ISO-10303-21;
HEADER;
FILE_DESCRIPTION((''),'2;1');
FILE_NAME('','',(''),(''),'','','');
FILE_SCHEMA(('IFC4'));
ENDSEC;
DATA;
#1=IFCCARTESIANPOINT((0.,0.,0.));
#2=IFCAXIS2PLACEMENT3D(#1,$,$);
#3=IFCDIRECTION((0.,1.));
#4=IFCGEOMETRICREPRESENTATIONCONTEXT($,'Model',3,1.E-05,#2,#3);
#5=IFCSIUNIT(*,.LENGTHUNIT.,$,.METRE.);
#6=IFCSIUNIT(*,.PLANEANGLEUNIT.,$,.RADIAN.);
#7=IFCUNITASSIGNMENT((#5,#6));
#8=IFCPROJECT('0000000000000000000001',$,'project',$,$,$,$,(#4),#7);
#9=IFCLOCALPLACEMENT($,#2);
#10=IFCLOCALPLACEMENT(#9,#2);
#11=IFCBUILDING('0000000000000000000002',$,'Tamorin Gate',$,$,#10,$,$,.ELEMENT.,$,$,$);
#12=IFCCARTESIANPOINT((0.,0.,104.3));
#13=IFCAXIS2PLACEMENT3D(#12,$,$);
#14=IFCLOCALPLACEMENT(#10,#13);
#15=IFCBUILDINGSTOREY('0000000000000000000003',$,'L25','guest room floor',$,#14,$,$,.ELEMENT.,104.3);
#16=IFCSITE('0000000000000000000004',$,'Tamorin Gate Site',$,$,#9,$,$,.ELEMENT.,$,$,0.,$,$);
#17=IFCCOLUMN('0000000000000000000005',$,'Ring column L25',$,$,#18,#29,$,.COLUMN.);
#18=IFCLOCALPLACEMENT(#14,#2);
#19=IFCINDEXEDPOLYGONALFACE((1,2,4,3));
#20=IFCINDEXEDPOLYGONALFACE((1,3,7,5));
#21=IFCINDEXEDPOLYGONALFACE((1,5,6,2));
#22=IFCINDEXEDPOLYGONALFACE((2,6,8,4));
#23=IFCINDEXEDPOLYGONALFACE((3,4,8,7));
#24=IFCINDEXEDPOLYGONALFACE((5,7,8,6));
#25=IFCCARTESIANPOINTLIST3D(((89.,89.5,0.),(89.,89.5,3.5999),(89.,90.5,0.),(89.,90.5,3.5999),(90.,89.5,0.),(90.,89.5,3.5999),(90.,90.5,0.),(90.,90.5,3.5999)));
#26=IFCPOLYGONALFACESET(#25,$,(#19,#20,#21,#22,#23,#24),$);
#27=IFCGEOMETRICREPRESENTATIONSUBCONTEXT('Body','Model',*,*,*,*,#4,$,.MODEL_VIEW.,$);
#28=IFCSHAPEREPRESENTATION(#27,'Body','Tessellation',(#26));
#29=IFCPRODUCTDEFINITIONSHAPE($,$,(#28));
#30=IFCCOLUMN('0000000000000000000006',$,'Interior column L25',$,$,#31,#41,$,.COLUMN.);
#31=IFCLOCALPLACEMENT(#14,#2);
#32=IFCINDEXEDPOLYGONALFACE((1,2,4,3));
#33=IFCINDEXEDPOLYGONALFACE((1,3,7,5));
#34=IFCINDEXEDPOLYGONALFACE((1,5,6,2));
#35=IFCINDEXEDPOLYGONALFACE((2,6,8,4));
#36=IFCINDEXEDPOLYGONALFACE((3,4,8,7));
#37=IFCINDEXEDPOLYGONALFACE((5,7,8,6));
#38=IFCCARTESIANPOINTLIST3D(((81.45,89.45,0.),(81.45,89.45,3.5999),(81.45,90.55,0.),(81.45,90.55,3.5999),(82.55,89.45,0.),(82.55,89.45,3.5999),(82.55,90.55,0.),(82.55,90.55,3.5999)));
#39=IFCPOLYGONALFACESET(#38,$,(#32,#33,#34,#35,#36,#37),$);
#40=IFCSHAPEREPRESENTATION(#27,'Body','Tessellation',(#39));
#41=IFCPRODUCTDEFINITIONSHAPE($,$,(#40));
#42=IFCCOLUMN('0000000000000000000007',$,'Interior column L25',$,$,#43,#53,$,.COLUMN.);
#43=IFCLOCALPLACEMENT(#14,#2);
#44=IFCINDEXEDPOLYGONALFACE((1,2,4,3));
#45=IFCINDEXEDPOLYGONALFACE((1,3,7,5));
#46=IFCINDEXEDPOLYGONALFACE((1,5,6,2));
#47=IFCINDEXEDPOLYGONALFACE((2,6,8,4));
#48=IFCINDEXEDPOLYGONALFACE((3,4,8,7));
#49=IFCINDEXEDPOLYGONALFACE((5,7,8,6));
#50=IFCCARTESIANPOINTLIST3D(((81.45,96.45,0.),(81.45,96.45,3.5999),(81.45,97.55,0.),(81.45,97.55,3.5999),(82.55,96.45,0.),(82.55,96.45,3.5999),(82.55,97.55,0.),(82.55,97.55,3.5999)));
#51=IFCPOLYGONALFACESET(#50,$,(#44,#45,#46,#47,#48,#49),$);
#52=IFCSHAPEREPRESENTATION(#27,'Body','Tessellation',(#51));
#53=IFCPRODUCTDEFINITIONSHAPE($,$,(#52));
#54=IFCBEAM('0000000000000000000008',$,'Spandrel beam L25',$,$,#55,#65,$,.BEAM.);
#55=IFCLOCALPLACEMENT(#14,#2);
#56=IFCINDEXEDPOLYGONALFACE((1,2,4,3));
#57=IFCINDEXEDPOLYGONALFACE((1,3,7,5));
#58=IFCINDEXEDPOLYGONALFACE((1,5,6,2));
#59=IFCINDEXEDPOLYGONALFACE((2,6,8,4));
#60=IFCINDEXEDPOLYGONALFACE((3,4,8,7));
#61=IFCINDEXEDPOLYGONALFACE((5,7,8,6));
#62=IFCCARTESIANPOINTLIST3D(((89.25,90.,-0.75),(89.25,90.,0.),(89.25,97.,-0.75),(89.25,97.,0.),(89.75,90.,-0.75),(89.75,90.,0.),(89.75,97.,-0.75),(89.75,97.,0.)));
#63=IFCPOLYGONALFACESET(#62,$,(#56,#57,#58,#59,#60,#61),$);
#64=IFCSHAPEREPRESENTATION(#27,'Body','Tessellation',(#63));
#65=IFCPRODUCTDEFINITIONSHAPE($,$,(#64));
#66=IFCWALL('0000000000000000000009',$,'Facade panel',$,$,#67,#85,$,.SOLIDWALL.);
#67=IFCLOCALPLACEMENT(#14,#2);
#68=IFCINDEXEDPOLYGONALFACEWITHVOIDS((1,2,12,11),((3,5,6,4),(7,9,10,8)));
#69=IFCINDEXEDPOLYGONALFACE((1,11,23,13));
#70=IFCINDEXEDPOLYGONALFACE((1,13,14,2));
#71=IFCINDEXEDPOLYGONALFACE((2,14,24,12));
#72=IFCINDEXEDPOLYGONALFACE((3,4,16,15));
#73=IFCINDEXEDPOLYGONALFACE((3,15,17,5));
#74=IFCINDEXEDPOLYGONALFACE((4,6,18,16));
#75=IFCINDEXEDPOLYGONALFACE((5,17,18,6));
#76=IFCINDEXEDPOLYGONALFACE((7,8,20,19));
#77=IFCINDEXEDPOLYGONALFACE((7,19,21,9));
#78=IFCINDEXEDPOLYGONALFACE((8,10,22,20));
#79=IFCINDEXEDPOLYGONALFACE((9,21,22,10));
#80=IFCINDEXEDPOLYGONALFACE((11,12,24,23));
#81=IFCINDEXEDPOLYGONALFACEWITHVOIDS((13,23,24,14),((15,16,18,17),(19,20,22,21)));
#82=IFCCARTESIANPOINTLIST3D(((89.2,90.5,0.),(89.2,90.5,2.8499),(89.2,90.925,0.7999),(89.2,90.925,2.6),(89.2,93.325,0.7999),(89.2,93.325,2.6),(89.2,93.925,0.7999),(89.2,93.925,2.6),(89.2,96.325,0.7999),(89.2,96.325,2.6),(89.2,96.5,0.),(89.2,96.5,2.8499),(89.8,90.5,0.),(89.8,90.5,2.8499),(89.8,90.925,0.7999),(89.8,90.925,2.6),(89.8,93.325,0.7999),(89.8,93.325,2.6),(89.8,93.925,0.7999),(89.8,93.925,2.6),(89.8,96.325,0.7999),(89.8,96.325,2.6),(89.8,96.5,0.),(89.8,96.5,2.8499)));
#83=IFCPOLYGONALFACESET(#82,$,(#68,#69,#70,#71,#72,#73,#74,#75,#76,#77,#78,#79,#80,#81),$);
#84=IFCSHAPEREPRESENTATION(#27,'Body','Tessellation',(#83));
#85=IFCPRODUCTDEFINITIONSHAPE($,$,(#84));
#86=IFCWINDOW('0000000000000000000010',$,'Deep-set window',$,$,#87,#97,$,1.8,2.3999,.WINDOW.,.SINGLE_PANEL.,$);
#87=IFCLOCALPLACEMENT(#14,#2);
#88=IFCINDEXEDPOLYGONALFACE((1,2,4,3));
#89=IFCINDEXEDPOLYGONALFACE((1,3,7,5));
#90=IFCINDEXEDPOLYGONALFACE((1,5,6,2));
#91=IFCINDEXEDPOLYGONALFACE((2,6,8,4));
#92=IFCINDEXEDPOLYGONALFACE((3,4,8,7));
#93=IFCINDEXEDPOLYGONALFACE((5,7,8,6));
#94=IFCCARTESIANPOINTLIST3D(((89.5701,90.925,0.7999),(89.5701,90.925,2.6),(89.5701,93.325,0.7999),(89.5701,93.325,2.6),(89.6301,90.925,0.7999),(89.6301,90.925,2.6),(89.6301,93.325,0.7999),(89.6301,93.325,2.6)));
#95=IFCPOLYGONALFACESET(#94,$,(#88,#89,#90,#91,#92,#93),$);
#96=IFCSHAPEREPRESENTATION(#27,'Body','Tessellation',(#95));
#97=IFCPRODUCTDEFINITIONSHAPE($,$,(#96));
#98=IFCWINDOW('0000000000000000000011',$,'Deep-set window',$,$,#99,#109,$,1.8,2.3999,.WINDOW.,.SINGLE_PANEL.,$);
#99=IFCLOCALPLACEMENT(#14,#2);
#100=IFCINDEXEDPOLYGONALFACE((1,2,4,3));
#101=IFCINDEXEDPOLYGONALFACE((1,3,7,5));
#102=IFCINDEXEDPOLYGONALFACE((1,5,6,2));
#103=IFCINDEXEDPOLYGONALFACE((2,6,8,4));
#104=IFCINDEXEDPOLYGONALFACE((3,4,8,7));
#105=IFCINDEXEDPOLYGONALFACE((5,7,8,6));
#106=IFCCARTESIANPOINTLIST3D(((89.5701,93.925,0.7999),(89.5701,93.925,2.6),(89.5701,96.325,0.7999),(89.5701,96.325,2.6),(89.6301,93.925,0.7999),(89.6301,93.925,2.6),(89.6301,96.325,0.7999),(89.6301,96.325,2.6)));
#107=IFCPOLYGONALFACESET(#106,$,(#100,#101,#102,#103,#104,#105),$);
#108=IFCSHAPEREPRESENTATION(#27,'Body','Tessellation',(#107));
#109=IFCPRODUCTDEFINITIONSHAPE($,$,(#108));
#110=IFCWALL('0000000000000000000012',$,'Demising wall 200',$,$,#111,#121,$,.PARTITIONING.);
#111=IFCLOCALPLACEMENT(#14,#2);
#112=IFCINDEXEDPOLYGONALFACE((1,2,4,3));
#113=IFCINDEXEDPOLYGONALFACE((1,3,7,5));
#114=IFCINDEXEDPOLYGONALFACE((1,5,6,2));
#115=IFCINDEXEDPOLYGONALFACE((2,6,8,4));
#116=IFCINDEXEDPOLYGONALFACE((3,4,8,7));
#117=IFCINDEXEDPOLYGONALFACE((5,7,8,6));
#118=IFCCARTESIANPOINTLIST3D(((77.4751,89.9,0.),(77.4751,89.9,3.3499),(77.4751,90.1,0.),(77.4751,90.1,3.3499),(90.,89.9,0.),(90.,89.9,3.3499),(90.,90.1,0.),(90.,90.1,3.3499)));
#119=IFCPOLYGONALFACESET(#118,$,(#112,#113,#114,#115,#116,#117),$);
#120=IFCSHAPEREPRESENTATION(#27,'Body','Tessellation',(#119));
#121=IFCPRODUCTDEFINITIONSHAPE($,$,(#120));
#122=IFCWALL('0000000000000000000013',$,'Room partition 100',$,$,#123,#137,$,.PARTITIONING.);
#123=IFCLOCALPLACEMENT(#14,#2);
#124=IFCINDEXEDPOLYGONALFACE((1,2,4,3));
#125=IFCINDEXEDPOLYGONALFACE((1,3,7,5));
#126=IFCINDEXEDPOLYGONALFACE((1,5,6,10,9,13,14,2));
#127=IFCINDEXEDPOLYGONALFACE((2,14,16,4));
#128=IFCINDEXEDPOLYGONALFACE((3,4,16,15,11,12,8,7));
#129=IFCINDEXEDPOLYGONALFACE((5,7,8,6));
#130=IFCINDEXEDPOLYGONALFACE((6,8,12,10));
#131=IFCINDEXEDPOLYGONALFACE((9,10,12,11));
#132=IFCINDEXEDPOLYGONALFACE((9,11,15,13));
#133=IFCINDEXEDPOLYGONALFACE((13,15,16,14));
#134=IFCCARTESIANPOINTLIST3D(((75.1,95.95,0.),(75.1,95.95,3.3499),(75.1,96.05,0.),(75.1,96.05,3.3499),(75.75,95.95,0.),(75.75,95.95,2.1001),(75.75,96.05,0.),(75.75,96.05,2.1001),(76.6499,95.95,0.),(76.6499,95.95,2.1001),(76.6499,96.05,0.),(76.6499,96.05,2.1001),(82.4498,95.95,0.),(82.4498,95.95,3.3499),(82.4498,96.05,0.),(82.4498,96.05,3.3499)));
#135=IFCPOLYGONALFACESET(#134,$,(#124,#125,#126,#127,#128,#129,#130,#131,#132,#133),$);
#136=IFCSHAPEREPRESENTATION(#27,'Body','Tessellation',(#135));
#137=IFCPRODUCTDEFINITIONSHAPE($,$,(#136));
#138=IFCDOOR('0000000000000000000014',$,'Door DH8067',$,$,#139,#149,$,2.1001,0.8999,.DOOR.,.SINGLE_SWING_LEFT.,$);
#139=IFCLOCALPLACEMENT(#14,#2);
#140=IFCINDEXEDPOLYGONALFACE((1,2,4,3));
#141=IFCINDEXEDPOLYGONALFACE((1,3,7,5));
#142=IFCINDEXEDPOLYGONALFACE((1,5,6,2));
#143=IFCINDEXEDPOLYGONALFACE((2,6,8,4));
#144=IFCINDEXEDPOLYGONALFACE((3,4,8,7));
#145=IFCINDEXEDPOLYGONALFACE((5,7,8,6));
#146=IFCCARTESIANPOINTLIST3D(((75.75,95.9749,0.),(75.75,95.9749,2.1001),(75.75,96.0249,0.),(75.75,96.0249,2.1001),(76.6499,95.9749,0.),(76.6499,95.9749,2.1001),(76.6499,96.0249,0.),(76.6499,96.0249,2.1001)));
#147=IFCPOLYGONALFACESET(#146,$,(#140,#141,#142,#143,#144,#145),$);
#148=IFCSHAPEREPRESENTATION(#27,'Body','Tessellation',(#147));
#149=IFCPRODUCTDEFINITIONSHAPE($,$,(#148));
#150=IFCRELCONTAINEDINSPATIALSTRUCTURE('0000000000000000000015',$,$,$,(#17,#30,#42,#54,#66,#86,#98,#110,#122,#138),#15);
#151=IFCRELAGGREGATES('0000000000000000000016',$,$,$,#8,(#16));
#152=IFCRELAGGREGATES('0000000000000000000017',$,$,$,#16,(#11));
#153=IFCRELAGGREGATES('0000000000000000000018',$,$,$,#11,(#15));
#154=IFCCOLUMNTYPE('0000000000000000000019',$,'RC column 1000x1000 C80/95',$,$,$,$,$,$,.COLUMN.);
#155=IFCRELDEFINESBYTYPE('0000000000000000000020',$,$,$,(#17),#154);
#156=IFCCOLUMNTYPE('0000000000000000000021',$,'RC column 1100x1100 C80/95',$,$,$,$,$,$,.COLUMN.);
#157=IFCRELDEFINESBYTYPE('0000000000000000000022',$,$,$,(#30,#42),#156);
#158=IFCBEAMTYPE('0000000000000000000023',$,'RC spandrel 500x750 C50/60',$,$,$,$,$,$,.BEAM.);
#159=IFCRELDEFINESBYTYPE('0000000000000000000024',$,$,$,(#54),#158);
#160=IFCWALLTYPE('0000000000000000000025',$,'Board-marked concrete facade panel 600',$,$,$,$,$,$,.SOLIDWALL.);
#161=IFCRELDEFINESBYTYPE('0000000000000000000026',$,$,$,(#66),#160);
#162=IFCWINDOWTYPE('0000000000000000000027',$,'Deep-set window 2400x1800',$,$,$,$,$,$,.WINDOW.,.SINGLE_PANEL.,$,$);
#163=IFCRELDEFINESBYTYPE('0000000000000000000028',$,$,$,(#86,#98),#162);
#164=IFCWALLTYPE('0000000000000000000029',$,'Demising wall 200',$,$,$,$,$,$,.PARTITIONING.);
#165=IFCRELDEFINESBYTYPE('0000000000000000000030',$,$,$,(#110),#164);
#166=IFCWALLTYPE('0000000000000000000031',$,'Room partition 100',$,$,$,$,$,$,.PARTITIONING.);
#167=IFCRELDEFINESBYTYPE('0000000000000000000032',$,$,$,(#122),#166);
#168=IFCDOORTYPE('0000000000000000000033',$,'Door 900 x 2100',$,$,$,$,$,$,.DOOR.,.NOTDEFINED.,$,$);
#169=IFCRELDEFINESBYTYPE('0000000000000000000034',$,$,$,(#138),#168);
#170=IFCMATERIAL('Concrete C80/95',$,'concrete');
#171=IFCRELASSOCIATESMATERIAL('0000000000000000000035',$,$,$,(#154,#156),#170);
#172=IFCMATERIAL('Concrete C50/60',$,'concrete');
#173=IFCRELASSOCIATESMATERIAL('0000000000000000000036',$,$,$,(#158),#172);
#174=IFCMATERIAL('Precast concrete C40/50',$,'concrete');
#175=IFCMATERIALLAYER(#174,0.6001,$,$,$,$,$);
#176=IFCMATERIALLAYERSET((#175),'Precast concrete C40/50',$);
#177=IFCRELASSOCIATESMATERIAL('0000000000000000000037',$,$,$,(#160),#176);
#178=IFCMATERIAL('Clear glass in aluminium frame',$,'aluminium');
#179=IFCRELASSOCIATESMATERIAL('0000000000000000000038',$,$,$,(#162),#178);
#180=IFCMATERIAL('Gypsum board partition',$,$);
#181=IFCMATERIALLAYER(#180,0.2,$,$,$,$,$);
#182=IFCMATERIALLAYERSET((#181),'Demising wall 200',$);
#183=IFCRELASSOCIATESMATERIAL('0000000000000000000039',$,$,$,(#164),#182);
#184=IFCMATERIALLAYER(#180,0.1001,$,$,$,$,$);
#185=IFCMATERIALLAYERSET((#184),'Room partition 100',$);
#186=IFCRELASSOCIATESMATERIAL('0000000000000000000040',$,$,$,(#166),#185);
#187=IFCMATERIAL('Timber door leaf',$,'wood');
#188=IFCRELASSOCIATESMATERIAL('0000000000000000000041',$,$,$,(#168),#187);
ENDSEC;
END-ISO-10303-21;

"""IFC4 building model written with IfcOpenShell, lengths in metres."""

from ifc_helpers import new_model, si_unit, direction, frame, frame_2d, origin, origin_2d, place, context, subcontext, project, spatial, rectangle, extrude, material, layer, layer_set, material_profile, profile_set, type_object, element, fill, save


model = new_model("IFC4")

# Units and contexts
model_context = context("Model", 3, precision=1e-05, world=origin(), true_north=direction((0.0, 1.0)))
body_context = subcontext(model_context, "Body", "Model", "MODEL_VIEW")
ifc_project = project(units=[si_unit("LENGTHUNIT", "METRE"), si_unit("PLANEANGLEUNIT", "RADIAN")], contexts=[model_context])

# Site, building, storey
site_placement = place(None, origin())
site = spatial("IfcSite", under=ifc_project, at=site_placement, Name="Tamorin Gate Site", CompositionType="ELEMENT", RefElevation=0.0)
building_placement = place(site_placement, origin())
building = spatial("IfcBuilding", under=site, at=building_placement, Name="Tamorin Gate", CompositionType="ELEMENT")
storey_placement = place(building_placement, frame((0.0, 0.0, 104.3)))
storey = spatial("IfcBuildingStorey", under=building, at=storey_placement, Name="L25", Description="guest room floor", CompositionType="ELEMENT", Elevation=104.3)

# Columns
ifc_material_1 = material(Name="Concrete C80/95", Category="concrete")
ifc_material_profile_1 = material_profile(ifc_material_1, rectangle(XDim=1.0, YDim=1.0, at=origin_2d()), Name="RC 1000x1000")
ifc_profile_set_1 = profile_set([ifc_material_profile_1], Name="Concrete C80/95")
column_type_1 = type_object("IfcColumnType", Name="RC column 1000x1000 C80/95", PredefinedType="COLUMN", material=ifc_profile_set_1)
column_placement = place(storey_placement, frame((89.5, 90.0, 0.0), z_axis=(0.0, 0.0, 1.0), x_axis=(1.0, 0.0, 0.0)))
element("IfcColumn", 1, at=column_placement, inside=storey, type_object=column_type_1, Name="Ring column L25", PredefinedType="COLUMN", context=body_context, shape_type="SweptSolid", body=[
    extrude(rectangle(XDim=1.0, YDim=1.0, at=origin_2d()), origin(), (0.0, 0.0, 1.0), 3.5999),
])
ifc_material_profile_2 = material_profile(ifc_material_1, rectangle(XDim=1.1001, YDim=1.1001, at=origin_2d()), Name="RC 1100x1100")
ifc_profile_set_2 = profile_set([ifc_material_profile_2], Name="Concrete C80/95")
column_type_2 = type_object("IfcColumnType", Name="RC column 1100x1100 C80/95", PredefinedType="COLUMN", material=ifc_profile_set_2)
for number, where, z_axis, x_axis, name in (
    (2, (82.0, 90.0, 0.0), (0.0, 0.0, 1.0), (1.0, 0.0, 0.0), "Interior column L25"),
    (3, (82.0, 97.0, 0.0), (0.0, 0.0, 1.0), (1.0, 0.0, 0.0), "Interior column L25"),
):
    element("IfcColumn", number, at=place(storey_placement, frame(where, z_axis=z_axis, x_axis=x_axis)), inside=storey, type_object=column_type_2, Name=name, PredefinedType="COLUMN", context=body_context, shape_type="SweptSolid", body=[
        extrude(rectangle(XDim=1.1001, YDim=1.1001, at=origin_2d()), origin(), (0.0, 0.0, 1.0), 3.5999),
    ])

# Beam
ifc_material_2 = material(Name="Concrete C50/60", Category="concrete")
ifc_material_profile_3 = material_profile(ifc_material_2, rectangle(XDim=0.5, YDim=0.75, at=origin_2d()), Name="RC 500x750")
ifc_profile_set_3 = profile_set([ifc_material_profile_3], Name="Concrete C50/60")
beam_type = type_object("IfcBeamType", Name="RC spandrel 500x750 C50/60", PredefinedType="BEAM", material=ifc_profile_set_3)
beam_placement = place(storey_placement, frame((89.5, 90.0, -0.375), z_axis=(0.0, 1.0, 0.0), x_axis=(-1.0, 0.0, 0.0)))
element("IfcBeam", 4, at=beam_placement, inside=storey, type_object=beam_type, Name="Spandrel beam L25", PredefinedType="BEAM", context=body_context, shape_type="SweptSolid", body=[
    extrude(rectangle(XDim=0.5, YDim=0.75, at=origin_2d()), origin(), (0.0, 0.0, 1.0), 7.0),
])

# Wall, openings, windows
ifc_material_3 = material(Name="Precast concrete C40/50", Category="concrete")
ifc_layer_1 = layer(ifc_material_3, 0.6001)
ifc_layer_set_1 = layer_set([ifc_layer_1], Name="Precast concrete C40/50")
wall_type_1 = type_object("IfcWallType", Name="Board-marked concrete facade panel 600", PredefinedType="SOLIDWALL", material=ifc_layer_set_1)
wall_1_placement = place(storey_placement, frame((89.5, 90.5, 0.0), z_axis=(0.0, 0.0, 1.0), x_axis=(0.0, 1.0, 0.0)))
wall_1 = element("IfcWall", 5, at=wall_1_placement, inside=storey, type_object=wall_type_1, Name="Facade panel", PredefinedType="SOLIDWALL", context=body_context, shape_type="SweptSolid", body=[
    extrude(rectangle(XDim=6.0, YDim=0.6001, at=frame_2d((3.0, 0.0))), origin(), (0.0, 0.0, 1.0), 2.8499),
])
opening_1_placement = place(wall_1_placement, frame((0.425, 0.0, 0.8)))
opening_1 = element("IfcOpeningElement", 6, at=opening_1_placement, cuts=wall_1, PredefinedType="OPENING", context=body_context, shape_type="SweptSolid", body=[
    extrude(rectangle(XDim=2.3999, YDim=1.8, at=frame_2d((1.2, 0.8999))), frame((0.0, 0.3101, 0.0), z_axis=(0.0, -1.0, 0.0), x_axis=(1.0, 0.0, 0.0)), (0.0, 0.0, 1.0), 0.6201),
])
opening_2_placement = place(wall_1_placement, frame((3.425, 0.0, 0.8)))
opening_2 = element("IfcOpeningElement", 7, at=opening_2_placement, cuts=wall_1, PredefinedType="OPENING", context=body_context, shape_type="SweptSolid", body=[
    extrude(rectangle(XDim=2.3999, YDim=1.8, at=frame_2d((1.2, 0.8999))), frame((0.0, 0.3101, 0.0), z_axis=(0.0, -1.0, 0.0), x_axis=(1.0, 0.0, 0.0)), (0.0, 0.0, 1.0), 0.6201),
])
ifc_material_4 = material(Name="Clear glass in aluminium frame", Category="aluminium")
window_type = type_object("IfcWindowType", Name="Deep-set window 2400x1800", PartitioningType="SINGLE_PANEL", PredefinedType="WINDOW", material=ifc_material_4)
window_1_placement = place(opening_1_placement, origin())
window_1 = element("IfcWindow", 8, at=window_1_placement, inside=storey, type_object=window_type, Name="Deep-set window", OverallHeight=1.8, OverallWidth=2.3999, PartitioningType="SINGLE_PANEL", PredefinedType="WINDOW", context=body_context, shape_type="SweptSolid", body=[
    extrude(rectangle(XDim=2.3999, YDim=1.8, at=frame_2d((1.2, 0.8999))), frame((0.0, -0.0701, 0.0), z_axis=(0.0, -1.0, 0.0), x_axis=(1.0, 0.0, 0.0)), (0.0, 0.0, 1.0), 0.0601),
])
fill(opening_1, window_1)
window_2_placement = place(opening_2_placement, origin())
window_2 = element("IfcWindow", 9, at=window_2_placement, inside=storey, type_object=window_type, Name="Deep-set window", OverallHeight=1.8, OverallWidth=2.3999, PartitioningType="SINGLE_PANEL", PredefinedType="WINDOW", context=body_context, shape_type="SweptSolid", body=[
    extrude(rectangle(XDim=2.3999, YDim=1.8, at=frame_2d((1.2, 0.8999))), frame((0.0, -0.0701, 0.0), z_axis=(0.0, -1.0, 0.0), x_axis=(1.0, 0.0, 0.0)), (0.0, 0.0, 1.0), 0.0601),
])
fill(opening_2, window_2)

# Wall
ifc_material_5 = material(Name="Gypsum board partition")
ifc_layer_2 = layer(ifc_material_5, 0.2)
ifc_layer_set_2 = layer_set([ifc_layer_2], Name="Demising wall 200")
wall_type_2 = type_object("IfcWallType", Name="Demising wall 200", PredefinedType="PARTITIONING", material=ifc_layer_set_2)
wall_2_placement = place(storey_placement, frame((77.4751, 90.0, 0.0), z_axis=(0.0, 0.0, 1.0), x_axis=(1.0, 0.0, 0.0)))
element("IfcWall", 10, at=wall_2_placement, inside=storey, type_object=wall_type_2, Name="Demising wall 200", PredefinedType="PARTITIONING", context=body_context, shape_type="SweptSolid", body=[
    extrude(rectangle(XDim=12.5249, YDim=0.2, at=frame_2d((6.2625, 0.0))), origin(), (0.0, 0.0, 1.0), 3.3499),
])

# Wall, opening, door
ifc_layer_3 = layer(ifc_material_5, 0.1001)
ifc_layer_set_3 = layer_set([ifc_layer_3], Name="Room partition 100")
wall_type_3 = type_object("IfcWallType", Name="Room partition 100", PredefinedType="PARTITIONING", material=ifc_layer_set_3)
wall_3_placement = place(storey_placement, frame((75.1001, 96.0, 0.0), z_axis=(0.0, 0.0, 1.0), x_axis=(1.0, 0.0, 0.0)))
wall_3 = element("IfcWall", 11, at=wall_3_placement, inside=storey, type_object=wall_type_3, Name="Room partition 100", PredefinedType="PARTITIONING", context=body_context, shape_type="SweptSolid", body=[
    extrude(rectangle(XDim=7.3499, YDim=0.1001, at=frame_2d((3.6748, 0.0))), origin(), (0.0, 0.0, 1.0), 3.3499),
])
opening_3_placement = place(wall_3_placement, frame((0.6499, 0.0, 0.0)))
opening_3 = element("IfcOpeningElement", 12, at=opening_3_placement, cuts=wall_3, PredefinedType="OPENING", context=body_context, shape_type="SweptSolid", body=[
    extrude(rectangle(XDim=0.8999, YDim=2.1001, at=frame_2d((0.45, 1.05))), frame((0.0, 0.0601, 0.0), z_axis=(0.0, -1.0, 0.0), x_axis=(1.0, 0.0, 0.0)), (0.0, 0.0, 1.0), 0.1201),
])
ifc_material_6 = material(Name="Timber door leaf", Category="wood")
door_type = type_object("IfcDoorType", Name="Door 900 x 2100", OperationType="NOTDEFINED", PredefinedType="DOOR", material=ifc_material_6)
door_1_placement = place(opening_3_placement, origin())
door_1 = element("IfcDoor", 13, at=door_1_placement, inside=storey, type_object=door_type, Name="Door DH8067", OperationType="SINGLE_SWING_LEFT", OverallHeight=2.1001, OverallWidth=0.8999, PredefinedType="DOOR", context=body_context, shape_type="SweptSolid", body=[
    extrude(rectangle(XDim=0.8999, YDim=2.1001, at=frame_2d((0.45, 1.05))), frame((0.0, 0.0249, 0.0), z_axis=(0.0, -1.0, 0.0), x_axis=(1.0, 0.0, 0.0)), (0.0, 0.0, 1.0), 0.05),
])
fill(opening_3, door_1)

save(model, "model.ifc")
